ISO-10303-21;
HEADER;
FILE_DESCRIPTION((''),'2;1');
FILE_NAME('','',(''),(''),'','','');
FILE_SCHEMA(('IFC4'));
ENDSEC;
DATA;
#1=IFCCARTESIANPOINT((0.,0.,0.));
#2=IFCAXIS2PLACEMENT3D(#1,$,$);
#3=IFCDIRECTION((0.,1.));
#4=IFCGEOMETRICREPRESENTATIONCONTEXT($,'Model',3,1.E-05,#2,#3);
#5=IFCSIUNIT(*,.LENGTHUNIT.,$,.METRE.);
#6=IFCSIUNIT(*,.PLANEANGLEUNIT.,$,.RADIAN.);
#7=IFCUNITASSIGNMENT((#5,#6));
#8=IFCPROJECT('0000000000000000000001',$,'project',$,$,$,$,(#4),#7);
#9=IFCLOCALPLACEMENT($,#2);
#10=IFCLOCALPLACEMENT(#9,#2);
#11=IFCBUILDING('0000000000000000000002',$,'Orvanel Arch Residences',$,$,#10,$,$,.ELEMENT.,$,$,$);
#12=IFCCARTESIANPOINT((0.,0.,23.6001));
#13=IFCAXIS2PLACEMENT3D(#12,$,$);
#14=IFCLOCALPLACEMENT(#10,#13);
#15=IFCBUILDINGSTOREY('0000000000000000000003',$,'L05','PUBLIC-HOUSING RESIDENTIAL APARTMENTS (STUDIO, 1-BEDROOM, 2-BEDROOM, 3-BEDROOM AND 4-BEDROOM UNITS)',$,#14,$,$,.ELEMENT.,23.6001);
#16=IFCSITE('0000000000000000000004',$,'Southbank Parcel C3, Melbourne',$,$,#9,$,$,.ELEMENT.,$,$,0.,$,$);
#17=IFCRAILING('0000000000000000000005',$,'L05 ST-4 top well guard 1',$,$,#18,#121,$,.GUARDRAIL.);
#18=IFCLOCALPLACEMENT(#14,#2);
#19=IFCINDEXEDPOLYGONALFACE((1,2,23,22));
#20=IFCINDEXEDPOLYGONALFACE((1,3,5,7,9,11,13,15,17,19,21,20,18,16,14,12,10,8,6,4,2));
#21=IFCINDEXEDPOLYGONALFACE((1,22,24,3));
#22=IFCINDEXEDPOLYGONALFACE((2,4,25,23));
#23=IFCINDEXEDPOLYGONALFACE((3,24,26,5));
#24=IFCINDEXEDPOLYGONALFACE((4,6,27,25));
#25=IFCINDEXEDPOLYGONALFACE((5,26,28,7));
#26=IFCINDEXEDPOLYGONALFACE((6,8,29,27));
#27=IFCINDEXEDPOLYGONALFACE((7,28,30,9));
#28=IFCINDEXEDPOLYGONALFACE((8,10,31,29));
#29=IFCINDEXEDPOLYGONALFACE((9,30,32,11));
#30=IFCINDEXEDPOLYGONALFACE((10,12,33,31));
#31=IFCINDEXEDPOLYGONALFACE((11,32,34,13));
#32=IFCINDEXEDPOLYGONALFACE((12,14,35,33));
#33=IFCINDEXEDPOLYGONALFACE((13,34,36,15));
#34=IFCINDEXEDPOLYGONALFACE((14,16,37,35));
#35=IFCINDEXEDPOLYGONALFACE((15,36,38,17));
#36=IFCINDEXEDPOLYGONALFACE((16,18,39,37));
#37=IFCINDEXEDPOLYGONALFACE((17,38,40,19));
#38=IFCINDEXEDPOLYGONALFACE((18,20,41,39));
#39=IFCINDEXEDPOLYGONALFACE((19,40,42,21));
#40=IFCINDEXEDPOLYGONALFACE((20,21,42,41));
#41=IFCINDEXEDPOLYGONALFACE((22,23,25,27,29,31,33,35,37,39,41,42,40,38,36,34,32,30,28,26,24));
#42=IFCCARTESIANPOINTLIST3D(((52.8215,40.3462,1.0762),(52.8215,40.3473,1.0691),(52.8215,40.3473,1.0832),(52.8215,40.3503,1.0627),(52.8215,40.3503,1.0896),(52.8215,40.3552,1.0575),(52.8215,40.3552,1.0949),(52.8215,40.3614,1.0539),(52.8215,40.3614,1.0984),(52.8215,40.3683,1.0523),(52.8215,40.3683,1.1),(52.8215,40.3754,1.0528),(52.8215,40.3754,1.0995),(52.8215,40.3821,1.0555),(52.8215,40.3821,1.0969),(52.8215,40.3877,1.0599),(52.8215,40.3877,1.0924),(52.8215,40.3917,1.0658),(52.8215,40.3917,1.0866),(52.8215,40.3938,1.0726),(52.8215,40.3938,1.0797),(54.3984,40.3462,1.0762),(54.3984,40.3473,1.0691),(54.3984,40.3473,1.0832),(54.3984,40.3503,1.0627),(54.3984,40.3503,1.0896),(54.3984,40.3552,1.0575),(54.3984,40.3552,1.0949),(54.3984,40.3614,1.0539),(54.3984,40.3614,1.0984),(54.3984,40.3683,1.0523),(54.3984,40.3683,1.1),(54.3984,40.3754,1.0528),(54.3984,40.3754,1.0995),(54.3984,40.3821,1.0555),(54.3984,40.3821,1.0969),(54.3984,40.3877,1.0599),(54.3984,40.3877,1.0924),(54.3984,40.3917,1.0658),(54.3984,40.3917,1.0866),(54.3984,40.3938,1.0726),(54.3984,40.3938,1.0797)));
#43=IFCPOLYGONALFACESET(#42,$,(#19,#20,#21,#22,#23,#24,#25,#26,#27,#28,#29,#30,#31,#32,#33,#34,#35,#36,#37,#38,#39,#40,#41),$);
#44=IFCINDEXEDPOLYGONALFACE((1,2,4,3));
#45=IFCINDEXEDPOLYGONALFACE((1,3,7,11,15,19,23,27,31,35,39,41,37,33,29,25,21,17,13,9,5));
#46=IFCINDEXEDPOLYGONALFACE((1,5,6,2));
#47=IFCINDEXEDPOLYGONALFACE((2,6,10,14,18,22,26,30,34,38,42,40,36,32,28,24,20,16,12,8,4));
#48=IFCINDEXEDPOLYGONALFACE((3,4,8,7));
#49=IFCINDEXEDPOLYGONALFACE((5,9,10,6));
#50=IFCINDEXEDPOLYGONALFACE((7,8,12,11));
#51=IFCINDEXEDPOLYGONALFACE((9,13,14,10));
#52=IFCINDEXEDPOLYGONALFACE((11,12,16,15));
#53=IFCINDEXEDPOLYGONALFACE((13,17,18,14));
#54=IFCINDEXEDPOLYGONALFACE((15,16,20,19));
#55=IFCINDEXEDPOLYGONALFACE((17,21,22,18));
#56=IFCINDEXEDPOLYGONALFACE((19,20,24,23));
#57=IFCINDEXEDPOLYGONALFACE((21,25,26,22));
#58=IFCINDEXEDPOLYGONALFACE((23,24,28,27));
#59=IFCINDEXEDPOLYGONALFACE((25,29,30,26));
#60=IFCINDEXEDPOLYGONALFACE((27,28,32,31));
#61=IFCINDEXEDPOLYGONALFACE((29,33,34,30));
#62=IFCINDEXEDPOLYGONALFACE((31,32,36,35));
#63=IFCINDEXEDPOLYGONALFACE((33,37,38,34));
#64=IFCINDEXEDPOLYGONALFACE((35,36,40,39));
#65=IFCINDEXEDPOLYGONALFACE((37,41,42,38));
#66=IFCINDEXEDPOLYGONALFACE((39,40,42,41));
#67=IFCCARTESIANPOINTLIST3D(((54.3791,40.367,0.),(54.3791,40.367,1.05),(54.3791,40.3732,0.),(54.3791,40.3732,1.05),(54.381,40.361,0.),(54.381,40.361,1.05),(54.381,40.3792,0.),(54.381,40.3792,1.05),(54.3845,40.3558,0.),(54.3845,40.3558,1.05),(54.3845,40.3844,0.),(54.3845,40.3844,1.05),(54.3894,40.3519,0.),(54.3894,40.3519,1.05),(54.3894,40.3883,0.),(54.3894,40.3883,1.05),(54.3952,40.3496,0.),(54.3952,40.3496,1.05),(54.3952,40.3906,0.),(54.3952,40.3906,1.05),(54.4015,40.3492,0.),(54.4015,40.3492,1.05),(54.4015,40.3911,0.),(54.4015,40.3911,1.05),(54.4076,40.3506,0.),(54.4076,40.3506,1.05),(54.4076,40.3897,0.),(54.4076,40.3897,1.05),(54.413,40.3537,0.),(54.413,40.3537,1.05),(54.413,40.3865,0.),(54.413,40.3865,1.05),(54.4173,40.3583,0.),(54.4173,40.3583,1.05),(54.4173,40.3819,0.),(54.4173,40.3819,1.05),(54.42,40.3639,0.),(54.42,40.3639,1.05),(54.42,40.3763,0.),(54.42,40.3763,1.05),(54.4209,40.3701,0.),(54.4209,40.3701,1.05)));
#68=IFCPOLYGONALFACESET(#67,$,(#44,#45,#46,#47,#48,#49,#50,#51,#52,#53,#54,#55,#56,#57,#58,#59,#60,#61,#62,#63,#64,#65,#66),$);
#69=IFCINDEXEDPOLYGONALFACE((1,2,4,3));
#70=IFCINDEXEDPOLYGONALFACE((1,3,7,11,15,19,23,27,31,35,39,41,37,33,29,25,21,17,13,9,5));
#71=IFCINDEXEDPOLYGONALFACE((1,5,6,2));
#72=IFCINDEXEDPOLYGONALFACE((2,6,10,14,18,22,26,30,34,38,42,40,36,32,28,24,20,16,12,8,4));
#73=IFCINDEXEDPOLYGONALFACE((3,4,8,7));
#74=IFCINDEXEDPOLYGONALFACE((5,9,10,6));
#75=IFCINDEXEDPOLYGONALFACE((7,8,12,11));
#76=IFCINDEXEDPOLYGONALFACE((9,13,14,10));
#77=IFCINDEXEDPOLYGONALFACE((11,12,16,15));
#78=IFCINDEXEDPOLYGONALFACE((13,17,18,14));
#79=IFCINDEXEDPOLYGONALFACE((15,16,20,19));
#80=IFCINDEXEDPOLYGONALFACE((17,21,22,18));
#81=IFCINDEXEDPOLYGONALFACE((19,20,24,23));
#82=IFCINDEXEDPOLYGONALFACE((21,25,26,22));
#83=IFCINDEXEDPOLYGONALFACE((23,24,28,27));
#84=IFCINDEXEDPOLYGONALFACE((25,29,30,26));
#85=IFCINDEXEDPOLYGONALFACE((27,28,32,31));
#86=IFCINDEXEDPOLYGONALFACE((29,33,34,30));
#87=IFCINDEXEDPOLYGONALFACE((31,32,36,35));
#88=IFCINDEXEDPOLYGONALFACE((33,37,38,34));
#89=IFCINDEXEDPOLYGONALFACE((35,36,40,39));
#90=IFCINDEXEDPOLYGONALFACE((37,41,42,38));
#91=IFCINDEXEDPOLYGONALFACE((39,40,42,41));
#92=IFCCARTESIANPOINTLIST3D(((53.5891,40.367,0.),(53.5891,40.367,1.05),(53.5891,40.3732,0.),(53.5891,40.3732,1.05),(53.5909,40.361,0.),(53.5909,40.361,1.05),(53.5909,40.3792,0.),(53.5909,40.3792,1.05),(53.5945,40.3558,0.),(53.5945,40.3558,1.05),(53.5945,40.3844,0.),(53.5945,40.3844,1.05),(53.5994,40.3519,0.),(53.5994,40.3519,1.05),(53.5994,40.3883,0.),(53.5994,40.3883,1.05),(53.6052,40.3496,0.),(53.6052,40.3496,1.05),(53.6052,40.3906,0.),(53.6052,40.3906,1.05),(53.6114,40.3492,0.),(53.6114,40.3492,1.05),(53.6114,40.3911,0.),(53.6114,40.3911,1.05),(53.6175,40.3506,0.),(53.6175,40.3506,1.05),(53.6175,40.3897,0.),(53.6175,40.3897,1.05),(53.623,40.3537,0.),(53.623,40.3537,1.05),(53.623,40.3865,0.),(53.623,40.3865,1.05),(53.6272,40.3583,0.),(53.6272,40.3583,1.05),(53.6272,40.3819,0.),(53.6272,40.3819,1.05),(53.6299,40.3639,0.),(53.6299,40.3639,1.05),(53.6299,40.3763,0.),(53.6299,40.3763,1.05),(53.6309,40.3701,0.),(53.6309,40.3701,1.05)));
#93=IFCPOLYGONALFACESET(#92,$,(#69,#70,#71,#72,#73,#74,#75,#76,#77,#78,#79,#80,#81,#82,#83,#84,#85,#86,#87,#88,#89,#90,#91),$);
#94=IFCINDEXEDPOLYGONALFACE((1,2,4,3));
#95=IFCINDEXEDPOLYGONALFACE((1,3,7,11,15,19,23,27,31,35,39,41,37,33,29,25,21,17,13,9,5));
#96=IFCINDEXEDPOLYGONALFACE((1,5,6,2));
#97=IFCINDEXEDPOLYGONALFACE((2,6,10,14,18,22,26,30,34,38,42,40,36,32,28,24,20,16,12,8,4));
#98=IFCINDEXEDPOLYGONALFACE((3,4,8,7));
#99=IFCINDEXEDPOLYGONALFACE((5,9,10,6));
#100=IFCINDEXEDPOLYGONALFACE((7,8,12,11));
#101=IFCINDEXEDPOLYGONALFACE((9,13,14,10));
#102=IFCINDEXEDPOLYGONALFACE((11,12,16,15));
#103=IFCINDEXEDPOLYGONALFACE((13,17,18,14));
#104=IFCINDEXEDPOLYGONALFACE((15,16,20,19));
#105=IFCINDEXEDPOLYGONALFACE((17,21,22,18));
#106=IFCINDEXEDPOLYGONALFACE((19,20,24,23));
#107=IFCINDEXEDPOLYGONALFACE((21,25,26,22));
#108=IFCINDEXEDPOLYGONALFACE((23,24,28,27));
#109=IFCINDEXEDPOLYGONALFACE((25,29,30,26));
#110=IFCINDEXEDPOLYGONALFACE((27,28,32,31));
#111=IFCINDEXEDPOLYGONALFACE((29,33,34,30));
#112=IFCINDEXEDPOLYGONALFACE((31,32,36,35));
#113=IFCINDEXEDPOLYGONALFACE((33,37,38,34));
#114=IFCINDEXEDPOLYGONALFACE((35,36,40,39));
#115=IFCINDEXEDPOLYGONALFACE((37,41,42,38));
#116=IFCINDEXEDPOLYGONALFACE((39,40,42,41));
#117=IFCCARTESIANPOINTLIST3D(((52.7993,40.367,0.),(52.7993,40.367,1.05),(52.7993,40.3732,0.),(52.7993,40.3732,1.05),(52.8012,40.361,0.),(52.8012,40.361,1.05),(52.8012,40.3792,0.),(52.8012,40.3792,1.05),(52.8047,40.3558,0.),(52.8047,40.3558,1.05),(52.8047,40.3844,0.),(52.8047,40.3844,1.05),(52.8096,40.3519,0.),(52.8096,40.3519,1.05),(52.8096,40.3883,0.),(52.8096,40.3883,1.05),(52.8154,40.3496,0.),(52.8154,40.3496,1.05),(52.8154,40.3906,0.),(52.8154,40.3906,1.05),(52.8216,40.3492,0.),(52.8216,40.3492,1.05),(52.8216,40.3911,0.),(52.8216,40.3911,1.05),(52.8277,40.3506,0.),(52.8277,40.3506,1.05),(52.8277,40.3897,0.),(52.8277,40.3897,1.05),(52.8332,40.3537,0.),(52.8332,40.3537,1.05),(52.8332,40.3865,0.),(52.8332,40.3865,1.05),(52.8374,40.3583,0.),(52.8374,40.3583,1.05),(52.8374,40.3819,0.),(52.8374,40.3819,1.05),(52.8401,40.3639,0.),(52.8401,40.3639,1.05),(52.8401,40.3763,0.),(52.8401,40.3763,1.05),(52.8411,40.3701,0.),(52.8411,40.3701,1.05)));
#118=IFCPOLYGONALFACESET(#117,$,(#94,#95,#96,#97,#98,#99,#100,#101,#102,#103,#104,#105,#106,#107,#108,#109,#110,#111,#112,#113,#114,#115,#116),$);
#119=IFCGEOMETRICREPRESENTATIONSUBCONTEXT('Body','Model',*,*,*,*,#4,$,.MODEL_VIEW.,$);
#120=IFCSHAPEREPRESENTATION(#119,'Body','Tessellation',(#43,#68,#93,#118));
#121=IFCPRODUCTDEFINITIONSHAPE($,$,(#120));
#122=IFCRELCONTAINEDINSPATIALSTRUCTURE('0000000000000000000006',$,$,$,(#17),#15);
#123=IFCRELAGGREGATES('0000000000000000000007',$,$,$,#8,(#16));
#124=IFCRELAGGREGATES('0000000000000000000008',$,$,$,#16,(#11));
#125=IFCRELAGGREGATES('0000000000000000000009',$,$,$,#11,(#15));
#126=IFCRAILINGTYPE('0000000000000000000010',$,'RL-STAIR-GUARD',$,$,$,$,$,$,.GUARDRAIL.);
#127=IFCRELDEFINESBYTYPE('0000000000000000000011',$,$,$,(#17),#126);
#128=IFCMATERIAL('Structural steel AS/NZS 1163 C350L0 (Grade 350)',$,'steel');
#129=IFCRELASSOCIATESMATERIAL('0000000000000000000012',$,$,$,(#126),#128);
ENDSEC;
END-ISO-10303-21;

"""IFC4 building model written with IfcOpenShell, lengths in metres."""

from ifc_helpers import new_model, si_unit, direction, frame, origin, origin_2d, place, context, subcontext, project, spatial, circle, extrude, material, type_object, element, save


model = new_model("IFC4")

# Units and contexts
model_context = context("Model", 3, precision=1e-05, world=origin(), true_north=direction((0.0, 1.0)))
body_context = subcontext(model_context, "Body", "Model", "MODEL_VIEW")
ifc_project = project(units=[si_unit("LENGTHUNIT", "METRE"), si_unit("PLANEANGLEUNIT", "RADIAN")], contexts=[model_context])

# Site, building, storey
site_placement = place(None, origin())
site = spatial("IfcSite", under=ifc_project, at=site_placement, Name="Southbank Parcel C3, Melbourne", CompositionType="ELEMENT", RefElevation=0.0)
building_placement = place(site_placement, origin())
building = spatial("IfcBuilding", under=site, at=building_placement, Name="Orvanel Arch Residences", CompositionType="ELEMENT")
storey_placement = place(building_placement, frame((0.0, 0.0, 23.6001)))
storey = spatial("IfcBuildingStorey", under=building, at=storey_placement, Name="L05", Description="PUBLIC-HOUSING RESIDENTIAL APARTMENTS (STUDIO, 1-BEDROOM, 2-BEDROOM, 3-BEDROOM AND 4-BEDROOM UNITS)", CompositionType="ELEMENT", Elevation=23.6001)

# Railing
ifc_material_1 = material(Name="Structural steel AS/NZS 1163 C350L0 (Grade 350)", Category="steel")
railing_type = type_object("IfcRailingType", Name="RL-STAIR-GUARD", PredefinedType="GUARDRAIL", material=ifc_material_1)
railing_placement = place(storey_placement, frame((54.3999, 40.3701, 0.0)))
element("IfcRailing", 1, at=railing_placement, inside=storey, type_object=railing_type, Name="L05 ST-4 top well guard 1", PredefinedType="GUARDRAIL", context=body_context, shape_type="SweptSolid", body=[
    extrude(circle(Radius=0.0239, at=origin_2d()), frame((-0.0015, 0.0, 1.0762), z_axis=(-1.0, 0.0, 0.0), x_axis=(0.0, -1.0, 0.0)), (0.0, 0.0, 1.0), 1.5769),
    extrude(circle(Radius=0.021, at=origin_2d()), origin(), (0.0, 0.0, 1.0), 1.05),
    extrude(circle(Radius=0.021, at=origin_2d()), frame((-0.79, 0.0, 0.0)), (0.0, 0.0, 1.0), 1.05),
    extrude(circle(Radius=0.021, at=origin_2d()), frame((-1.5798, 0.0, 0.0)), (0.0, 0.0, 1.0), 1.05),
])

save(model, "model.ifc")
